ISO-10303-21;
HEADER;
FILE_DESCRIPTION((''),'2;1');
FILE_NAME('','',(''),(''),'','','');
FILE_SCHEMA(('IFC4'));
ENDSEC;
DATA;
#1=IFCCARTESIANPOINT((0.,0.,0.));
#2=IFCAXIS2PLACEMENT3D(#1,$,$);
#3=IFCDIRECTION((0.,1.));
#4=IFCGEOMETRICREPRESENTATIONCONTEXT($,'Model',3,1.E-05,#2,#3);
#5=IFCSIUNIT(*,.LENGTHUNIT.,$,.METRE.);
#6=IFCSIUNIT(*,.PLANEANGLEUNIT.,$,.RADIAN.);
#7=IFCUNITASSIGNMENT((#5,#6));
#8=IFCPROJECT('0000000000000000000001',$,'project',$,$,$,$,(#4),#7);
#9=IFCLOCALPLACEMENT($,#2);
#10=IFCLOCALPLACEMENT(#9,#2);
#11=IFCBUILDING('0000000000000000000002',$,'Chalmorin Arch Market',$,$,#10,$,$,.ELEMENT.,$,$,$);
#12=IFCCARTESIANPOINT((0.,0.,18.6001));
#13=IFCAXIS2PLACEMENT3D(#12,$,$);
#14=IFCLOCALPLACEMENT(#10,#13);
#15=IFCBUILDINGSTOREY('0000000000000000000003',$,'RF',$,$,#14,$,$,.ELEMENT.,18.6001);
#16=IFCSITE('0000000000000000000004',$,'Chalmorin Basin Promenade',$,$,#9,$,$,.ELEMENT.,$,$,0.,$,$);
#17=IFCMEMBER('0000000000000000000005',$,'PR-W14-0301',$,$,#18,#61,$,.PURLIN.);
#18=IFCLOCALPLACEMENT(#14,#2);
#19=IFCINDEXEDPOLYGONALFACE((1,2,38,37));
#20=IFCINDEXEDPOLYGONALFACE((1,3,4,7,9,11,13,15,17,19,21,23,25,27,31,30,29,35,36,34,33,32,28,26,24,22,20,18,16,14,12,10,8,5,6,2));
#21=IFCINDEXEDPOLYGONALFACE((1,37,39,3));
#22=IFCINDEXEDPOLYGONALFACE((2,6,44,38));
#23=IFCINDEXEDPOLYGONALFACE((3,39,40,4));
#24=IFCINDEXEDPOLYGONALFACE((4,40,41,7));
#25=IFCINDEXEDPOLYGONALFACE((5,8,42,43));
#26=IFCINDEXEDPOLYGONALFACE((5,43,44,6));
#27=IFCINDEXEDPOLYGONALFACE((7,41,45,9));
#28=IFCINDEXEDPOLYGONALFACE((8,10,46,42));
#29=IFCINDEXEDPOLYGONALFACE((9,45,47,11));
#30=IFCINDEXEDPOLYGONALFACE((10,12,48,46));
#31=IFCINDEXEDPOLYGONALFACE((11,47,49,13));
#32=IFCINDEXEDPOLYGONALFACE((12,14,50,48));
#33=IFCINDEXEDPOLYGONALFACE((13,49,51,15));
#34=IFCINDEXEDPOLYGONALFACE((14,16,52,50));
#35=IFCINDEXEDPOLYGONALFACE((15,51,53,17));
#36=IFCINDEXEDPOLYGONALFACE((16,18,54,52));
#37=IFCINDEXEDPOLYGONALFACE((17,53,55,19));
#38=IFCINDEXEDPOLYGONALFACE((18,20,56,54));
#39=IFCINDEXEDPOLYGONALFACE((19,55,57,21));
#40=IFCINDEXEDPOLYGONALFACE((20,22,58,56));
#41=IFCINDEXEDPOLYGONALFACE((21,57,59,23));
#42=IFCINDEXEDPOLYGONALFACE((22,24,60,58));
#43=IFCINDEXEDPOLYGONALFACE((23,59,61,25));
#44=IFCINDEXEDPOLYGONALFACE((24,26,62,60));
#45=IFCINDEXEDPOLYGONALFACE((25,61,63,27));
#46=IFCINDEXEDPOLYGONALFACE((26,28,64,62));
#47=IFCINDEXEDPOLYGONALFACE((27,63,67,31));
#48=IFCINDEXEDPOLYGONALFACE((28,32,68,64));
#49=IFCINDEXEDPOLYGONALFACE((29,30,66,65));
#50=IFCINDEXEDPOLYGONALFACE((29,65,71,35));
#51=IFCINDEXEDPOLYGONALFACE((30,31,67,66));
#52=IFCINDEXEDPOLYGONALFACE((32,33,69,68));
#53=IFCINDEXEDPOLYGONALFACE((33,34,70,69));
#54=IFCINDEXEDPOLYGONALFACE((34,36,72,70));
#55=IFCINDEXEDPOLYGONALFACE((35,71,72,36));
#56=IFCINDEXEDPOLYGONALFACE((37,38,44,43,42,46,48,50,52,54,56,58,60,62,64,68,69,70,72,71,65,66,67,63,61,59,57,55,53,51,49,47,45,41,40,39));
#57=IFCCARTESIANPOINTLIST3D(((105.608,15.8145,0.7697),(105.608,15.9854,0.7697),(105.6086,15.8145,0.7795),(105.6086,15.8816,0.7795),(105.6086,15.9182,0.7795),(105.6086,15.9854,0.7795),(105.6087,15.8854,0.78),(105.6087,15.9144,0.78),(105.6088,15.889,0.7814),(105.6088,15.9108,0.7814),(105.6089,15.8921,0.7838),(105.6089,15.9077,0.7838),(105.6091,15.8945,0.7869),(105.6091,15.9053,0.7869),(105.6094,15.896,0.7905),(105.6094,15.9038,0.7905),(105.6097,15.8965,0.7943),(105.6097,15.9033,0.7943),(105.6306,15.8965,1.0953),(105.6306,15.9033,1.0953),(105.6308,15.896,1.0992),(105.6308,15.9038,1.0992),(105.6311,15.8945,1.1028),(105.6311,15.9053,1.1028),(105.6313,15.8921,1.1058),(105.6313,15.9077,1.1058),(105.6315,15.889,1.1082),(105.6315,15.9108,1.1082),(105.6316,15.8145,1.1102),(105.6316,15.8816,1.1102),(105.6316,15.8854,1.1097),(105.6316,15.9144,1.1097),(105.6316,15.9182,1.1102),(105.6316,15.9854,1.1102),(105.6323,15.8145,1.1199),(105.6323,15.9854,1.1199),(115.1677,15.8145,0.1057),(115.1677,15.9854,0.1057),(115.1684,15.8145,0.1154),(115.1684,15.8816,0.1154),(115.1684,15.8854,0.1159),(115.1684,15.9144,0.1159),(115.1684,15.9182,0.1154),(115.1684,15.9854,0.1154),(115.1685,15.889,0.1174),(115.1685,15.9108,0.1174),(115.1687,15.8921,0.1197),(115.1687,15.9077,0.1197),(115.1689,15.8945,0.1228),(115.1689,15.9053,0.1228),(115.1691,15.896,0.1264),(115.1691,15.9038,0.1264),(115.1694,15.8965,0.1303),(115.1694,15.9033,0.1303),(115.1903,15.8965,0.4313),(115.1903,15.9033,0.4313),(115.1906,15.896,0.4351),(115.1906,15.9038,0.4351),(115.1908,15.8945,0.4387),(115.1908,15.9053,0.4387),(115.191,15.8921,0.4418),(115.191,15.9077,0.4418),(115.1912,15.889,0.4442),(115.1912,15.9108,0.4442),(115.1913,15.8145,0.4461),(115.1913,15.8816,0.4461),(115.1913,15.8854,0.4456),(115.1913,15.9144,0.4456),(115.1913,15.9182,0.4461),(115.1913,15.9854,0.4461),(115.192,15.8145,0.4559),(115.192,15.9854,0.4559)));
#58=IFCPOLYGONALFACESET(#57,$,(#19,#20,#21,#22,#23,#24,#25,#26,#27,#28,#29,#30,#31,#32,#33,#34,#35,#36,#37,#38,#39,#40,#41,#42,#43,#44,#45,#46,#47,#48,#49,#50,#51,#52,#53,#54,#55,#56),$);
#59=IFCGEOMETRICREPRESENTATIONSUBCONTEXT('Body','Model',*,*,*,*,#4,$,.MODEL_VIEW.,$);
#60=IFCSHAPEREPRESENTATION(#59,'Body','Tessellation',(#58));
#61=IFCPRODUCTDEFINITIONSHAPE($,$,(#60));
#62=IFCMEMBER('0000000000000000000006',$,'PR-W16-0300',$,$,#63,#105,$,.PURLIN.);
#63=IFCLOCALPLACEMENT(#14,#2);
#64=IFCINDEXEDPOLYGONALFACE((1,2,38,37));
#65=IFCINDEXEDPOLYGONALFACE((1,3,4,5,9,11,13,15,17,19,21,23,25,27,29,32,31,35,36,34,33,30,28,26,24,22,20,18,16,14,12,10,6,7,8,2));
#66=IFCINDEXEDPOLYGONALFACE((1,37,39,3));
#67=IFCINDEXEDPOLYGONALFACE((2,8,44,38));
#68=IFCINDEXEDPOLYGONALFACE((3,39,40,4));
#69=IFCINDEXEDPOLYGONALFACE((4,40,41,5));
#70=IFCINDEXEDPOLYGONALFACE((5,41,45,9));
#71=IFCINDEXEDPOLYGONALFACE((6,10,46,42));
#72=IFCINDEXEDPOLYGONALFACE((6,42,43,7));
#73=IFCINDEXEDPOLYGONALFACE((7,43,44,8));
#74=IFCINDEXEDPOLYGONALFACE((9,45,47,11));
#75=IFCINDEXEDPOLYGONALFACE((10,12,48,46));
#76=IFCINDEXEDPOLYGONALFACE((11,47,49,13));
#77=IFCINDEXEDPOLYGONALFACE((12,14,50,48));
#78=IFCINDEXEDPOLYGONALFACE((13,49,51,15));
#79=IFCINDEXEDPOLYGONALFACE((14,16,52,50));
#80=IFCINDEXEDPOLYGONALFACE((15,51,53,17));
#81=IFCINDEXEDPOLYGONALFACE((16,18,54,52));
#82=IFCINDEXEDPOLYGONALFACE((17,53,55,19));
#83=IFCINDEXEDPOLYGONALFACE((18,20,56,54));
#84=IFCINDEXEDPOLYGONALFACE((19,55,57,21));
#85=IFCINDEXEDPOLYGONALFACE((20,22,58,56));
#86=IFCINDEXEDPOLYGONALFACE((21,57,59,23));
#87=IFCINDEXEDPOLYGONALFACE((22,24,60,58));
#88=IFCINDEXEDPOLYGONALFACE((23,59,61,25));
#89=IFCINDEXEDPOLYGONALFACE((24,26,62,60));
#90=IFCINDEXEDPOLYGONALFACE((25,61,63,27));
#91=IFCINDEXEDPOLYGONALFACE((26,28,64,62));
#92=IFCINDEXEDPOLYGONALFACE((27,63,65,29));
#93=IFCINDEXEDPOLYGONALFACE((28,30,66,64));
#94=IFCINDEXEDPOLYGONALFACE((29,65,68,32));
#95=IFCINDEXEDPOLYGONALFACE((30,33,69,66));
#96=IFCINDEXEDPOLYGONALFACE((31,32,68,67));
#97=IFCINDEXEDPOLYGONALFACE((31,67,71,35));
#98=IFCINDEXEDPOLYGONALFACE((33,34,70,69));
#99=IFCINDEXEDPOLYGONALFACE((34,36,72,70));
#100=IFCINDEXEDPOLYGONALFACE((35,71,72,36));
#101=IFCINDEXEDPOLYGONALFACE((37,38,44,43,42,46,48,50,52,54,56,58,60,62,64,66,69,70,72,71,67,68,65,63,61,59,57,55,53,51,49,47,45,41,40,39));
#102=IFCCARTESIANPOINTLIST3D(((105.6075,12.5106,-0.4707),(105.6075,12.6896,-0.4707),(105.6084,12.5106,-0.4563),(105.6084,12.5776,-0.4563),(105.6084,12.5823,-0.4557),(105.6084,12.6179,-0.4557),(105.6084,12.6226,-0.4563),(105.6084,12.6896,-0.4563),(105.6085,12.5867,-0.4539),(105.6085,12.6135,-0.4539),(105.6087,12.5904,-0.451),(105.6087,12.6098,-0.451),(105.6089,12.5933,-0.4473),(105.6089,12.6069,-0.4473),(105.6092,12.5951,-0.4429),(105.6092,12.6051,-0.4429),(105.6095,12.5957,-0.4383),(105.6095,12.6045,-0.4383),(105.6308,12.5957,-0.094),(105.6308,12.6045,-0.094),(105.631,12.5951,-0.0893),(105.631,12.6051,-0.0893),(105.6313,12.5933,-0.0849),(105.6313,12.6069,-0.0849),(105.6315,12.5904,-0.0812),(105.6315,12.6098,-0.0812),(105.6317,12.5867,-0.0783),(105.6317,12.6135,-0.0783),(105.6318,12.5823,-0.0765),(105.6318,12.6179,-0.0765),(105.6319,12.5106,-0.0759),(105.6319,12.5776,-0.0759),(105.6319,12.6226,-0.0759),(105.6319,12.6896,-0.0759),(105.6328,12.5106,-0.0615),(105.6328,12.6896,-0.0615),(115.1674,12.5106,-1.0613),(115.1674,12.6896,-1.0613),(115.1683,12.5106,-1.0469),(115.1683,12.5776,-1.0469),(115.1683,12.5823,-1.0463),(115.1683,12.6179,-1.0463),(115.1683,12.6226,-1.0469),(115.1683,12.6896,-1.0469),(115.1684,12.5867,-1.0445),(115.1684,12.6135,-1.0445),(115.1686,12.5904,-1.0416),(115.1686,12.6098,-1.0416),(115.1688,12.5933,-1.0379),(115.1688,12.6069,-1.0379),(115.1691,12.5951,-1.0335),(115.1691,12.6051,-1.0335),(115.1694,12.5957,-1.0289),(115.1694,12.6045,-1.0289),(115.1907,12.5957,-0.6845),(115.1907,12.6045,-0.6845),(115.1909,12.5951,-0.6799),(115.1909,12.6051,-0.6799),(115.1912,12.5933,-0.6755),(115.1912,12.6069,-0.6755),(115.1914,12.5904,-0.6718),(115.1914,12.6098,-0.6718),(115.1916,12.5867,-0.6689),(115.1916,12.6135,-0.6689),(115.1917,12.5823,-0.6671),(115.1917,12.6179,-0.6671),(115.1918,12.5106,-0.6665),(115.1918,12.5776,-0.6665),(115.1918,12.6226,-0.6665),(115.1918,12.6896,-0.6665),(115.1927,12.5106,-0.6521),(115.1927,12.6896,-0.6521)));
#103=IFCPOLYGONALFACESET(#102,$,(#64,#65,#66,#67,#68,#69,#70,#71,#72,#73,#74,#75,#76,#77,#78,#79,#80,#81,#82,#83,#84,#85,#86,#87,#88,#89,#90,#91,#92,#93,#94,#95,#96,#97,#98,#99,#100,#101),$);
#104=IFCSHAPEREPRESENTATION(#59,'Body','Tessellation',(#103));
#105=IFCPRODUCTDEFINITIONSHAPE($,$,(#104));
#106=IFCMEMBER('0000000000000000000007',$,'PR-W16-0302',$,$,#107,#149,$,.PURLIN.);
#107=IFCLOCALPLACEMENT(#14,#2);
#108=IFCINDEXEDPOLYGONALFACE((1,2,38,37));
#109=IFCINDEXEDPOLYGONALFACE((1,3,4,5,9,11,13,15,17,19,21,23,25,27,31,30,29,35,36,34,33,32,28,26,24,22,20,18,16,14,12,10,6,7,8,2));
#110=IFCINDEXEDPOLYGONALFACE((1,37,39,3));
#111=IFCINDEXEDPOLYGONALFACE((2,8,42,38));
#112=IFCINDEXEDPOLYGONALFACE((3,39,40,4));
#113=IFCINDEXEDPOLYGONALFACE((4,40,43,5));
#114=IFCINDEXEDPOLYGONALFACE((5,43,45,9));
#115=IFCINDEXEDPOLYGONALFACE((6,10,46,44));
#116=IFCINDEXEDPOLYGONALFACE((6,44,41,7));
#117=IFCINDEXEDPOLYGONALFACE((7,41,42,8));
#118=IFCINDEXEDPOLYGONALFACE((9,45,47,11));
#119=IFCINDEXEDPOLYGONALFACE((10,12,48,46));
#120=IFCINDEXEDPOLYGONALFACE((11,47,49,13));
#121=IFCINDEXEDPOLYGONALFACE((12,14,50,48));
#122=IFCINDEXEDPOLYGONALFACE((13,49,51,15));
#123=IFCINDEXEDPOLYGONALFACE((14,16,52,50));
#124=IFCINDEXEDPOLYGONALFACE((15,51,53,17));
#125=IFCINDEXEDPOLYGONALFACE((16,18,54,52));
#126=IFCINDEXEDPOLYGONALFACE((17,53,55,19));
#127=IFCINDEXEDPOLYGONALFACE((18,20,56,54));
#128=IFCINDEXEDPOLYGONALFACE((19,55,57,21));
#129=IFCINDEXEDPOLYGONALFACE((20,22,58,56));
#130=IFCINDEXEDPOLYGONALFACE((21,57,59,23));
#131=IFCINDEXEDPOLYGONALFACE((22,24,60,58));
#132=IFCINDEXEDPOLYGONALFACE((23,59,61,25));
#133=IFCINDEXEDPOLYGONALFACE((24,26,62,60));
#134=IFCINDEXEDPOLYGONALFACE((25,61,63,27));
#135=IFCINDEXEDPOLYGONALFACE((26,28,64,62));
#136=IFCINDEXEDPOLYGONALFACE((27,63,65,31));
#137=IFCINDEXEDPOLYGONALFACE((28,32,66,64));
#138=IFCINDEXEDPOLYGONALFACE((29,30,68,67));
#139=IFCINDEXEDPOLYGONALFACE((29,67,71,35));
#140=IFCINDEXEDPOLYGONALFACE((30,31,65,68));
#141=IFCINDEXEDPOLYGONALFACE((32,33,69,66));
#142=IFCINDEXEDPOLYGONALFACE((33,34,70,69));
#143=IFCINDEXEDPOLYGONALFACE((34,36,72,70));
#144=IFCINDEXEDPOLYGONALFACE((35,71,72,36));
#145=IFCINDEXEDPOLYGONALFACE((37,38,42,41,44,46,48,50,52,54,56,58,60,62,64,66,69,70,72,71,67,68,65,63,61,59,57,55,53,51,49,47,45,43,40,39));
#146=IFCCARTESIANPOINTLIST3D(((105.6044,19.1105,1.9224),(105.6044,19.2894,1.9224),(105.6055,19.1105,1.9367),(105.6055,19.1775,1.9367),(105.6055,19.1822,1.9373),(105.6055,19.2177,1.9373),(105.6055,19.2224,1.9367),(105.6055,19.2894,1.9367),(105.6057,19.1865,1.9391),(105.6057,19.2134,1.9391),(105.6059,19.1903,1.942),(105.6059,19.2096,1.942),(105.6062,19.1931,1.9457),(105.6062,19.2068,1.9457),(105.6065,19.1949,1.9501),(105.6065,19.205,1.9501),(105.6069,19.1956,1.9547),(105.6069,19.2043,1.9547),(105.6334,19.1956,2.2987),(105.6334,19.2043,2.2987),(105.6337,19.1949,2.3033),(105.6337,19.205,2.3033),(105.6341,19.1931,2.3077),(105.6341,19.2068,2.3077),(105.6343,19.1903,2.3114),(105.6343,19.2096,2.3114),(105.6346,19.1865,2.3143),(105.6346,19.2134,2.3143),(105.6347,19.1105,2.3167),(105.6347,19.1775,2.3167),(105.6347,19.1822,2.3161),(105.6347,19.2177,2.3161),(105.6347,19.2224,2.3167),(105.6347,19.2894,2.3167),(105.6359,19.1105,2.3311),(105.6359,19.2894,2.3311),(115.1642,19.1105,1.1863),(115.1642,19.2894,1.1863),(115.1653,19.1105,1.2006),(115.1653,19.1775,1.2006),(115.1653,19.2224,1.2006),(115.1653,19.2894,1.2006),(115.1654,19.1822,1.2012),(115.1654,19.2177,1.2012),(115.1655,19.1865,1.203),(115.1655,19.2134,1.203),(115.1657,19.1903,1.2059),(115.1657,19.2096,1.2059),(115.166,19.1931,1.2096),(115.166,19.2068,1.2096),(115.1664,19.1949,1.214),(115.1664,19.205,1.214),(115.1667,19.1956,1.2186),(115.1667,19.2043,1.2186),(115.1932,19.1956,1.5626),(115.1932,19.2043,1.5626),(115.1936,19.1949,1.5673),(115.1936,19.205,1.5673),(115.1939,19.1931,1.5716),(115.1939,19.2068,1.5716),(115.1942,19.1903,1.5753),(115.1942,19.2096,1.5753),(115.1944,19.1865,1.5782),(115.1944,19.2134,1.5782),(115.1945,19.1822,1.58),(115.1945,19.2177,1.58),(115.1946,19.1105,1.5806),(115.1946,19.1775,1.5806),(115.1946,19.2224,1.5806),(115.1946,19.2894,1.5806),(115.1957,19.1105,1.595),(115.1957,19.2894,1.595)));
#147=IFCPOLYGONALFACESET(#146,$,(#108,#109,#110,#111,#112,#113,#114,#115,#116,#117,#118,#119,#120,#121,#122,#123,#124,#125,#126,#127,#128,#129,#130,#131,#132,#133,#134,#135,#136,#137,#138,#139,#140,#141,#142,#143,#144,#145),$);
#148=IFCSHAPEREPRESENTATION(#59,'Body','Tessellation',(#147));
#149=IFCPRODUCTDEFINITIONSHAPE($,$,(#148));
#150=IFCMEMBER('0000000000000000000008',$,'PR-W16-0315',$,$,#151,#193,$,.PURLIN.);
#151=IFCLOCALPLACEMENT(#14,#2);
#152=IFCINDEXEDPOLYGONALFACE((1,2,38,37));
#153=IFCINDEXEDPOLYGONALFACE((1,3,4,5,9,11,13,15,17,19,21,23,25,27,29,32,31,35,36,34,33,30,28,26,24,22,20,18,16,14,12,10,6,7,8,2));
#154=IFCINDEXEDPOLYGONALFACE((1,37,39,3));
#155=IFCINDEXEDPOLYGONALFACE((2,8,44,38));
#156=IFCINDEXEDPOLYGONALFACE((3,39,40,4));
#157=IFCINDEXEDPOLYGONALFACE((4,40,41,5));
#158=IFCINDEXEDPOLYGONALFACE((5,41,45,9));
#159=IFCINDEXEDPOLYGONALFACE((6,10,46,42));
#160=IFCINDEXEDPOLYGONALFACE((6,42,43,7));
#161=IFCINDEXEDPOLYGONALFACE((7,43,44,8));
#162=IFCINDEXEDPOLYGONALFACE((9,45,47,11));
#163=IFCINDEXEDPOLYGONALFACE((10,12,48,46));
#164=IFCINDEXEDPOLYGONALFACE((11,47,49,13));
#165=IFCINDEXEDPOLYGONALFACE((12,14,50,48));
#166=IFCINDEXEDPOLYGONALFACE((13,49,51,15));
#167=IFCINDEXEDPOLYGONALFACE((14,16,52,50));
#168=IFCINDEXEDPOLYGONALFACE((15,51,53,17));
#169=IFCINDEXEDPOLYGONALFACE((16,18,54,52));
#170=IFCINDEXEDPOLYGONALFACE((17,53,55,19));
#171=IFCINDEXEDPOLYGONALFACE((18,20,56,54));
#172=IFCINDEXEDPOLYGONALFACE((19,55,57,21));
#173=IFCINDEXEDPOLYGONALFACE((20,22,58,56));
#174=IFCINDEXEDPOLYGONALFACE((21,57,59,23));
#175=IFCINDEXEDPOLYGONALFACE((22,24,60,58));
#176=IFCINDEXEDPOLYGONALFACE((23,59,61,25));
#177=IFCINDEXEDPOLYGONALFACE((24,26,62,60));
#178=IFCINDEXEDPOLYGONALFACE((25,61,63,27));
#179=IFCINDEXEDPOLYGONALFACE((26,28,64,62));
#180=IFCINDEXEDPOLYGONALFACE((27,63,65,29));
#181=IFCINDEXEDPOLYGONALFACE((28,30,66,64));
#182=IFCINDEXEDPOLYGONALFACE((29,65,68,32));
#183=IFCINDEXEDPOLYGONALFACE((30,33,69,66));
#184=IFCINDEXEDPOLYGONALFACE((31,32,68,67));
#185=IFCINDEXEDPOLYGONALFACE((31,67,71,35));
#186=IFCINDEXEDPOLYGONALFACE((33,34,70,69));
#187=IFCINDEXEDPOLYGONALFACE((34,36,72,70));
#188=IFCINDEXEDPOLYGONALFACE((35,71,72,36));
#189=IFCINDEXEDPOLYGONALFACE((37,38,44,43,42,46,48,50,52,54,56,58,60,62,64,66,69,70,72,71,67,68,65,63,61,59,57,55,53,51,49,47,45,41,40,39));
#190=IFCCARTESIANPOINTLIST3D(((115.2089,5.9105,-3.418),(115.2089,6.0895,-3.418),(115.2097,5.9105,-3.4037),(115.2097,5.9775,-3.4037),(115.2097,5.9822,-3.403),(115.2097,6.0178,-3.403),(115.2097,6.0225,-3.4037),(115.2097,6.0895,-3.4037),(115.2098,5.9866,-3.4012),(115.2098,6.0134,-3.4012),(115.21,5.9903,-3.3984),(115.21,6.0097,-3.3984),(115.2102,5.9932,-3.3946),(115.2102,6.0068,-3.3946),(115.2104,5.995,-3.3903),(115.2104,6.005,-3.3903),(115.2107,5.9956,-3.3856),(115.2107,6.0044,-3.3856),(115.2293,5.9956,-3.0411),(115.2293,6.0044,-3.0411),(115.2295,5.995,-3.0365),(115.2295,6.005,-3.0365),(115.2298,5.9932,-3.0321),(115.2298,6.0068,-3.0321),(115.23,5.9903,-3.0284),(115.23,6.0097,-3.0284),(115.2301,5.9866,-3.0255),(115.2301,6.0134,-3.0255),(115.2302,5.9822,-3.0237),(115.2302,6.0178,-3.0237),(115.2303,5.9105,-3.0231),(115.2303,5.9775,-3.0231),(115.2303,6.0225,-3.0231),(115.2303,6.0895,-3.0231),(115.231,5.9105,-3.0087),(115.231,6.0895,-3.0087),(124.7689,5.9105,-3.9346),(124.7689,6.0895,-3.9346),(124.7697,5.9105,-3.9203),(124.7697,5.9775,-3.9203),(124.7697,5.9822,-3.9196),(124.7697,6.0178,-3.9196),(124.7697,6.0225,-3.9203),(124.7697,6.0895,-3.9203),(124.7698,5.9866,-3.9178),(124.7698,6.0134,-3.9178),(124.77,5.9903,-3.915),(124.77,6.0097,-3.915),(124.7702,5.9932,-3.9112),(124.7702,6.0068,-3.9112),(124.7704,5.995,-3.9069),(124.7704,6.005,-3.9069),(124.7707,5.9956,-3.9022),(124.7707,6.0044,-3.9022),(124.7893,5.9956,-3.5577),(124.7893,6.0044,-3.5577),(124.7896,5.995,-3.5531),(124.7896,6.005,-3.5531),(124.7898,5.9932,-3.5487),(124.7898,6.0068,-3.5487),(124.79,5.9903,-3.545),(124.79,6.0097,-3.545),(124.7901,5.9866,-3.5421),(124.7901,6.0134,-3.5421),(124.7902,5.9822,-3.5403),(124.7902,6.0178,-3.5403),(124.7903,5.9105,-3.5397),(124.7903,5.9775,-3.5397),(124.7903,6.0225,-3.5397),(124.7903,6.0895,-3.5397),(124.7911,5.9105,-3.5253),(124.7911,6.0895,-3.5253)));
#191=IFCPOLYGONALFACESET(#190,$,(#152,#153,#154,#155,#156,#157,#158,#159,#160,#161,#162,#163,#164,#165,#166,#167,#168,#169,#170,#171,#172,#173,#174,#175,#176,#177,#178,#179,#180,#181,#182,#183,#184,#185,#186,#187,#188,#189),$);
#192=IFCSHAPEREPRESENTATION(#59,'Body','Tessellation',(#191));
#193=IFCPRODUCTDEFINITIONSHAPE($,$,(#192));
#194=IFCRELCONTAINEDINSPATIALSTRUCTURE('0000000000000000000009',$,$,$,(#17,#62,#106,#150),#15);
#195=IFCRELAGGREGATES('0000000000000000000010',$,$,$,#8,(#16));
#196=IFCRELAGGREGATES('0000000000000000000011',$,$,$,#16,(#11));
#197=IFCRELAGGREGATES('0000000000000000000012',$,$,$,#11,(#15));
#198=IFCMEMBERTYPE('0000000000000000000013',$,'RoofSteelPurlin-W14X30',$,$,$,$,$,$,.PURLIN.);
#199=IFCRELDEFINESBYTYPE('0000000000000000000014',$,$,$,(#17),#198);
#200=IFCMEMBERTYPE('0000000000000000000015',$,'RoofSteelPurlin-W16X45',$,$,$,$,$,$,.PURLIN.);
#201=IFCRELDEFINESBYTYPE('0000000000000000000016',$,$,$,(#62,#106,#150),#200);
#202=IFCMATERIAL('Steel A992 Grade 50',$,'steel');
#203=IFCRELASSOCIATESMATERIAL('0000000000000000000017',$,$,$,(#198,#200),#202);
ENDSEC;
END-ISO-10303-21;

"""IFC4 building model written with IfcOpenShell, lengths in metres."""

from ifc_helpers import new_model, si_unit, direction, frame, origin, origin_2d, place, context, subcontext, project, spatial, i_section, extrude, material, material_profile, profile_set, type_object, element, save


model = new_model("IFC4")

# Units and contexts
model_context = context("Model", 3, precision=1e-05, world=origin(), true_north=direction((0.0, 1.0)))
body_context = subcontext(model_context, "Body", "Model", "MODEL_VIEW")
ifc_project = project(units=[si_unit("LENGTHUNIT", "METRE"), si_unit("PLANEANGLEUNIT", "RADIAN")], contexts=[model_context])

# Site, building, storey
site_placement = place(None, origin())
site = spatial("IfcSite", under=ifc_project, at=site_placement, Name="Chalmorin Basin Promenade", CompositionType="ELEMENT", RefElevation=0.0)
building_placement = place(site_placement, origin())
building = spatial("IfcBuilding", under=site, at=building_placement, Name="Chalmorin Arch Market", CompositionType="ELEMENT")
storey_placement = place(building_placement, frame((0.0, 0.0, 18.6001)))
storey = spatial("IfcBuildingStorey", under=building, at=storey_placement, Name="RF", CompositionType="ELEMENT", Elevation=18.6001)

# Members
ifc_material_1 = material(Name="Steel A992 Grade 50", Category="steel")
ifc_material_profile_1 = material_profile(ifc_material_1, i_section(OverallWidth=0.1709, OverallDepth=0.3511, WebThickness=0.0068, FlangeThickness=0.0098, FilletRadius=0.0149, at=origin_2d()), Name="W14X30")
ifc_profile_set_1 = profile_set([ifc_material_profile_1], Name="Steel A992 Grade 50")
member_type_1 = type_object("IfcMemberType", Name="RoofSteelPurlin-W14X30", PredefinedType="PURLIN", material=ifc_profile_set_1)
member_1_placement = place(storey_placement, frame((105.6201, 15.8999, 0.9448), z_axis=(0.997596, 0.0, -0.069297), x_axis=(0.0, 1.0, 0.0)))
element("IfcMember", 1, at=member_1_placement, inside=storey, type_object=member_type_1, Name="PR-W14-0301", PredefinedType="PURLIN", context=body_context, shape_type="SweptSolid", body=[
    extrude(i_section(OverallWidth=0.1709, OverallDepth=0.3511, WebThickness=0.0068, FlangeThickness=0.0098, FilletRadius=0.0149, at=origin_2d()), origin(), (0.0, 0.0, 1.0), 9.5828),
])
ifc_material_profile_2 = material_profile(ifc_material_1, i_section(OverallWidth=0.179, OverallDepth=0.4099, WebThickness=0.0088, FlangeThickness=0.0144, FilletRadius=0.0181, at=origin_2d()), Name="W16X45")
ifc_profile_set_2 = profile_set([ifc_material_profile_2], Name="Steel A992 Grade 50")
member_type_2 = type_object("IfcMemberType", Name="RoofSteelPurlin-W16X45", PredefinedType="PURLIN", material=ifc_profile_set_2)
member_2_placement = place(storey_placement, frame((105.6201, 12.6001, -0.2661), z_axis=(0.998097, 0.0, -0.061659), x_axis=(0.0, 1.0, 0.0)))
element("IfcMember", 2, at=member_2_placement, inside=storey, type_object=member_type_2, Name="PR-W16-0300", PredefinedType="PURLIN", context=body_context, shape_type="SweptSolid", body=[
    extrude(i_section(OverallWidth=0.179, OverallDepth=0.4099, WebThickness=0.0088, FlangeThickness=0.0144, FilletRadius=0.0181, at=origin_2d()), origin(), (0.0, 0.0, 1.0), 9.5781),
])
member_3_placement = place(storey_placement, frame((105.6201, 19.2, 2.1267), z_axis=(0.997049, 0.0, -0.07677), x_axis=(0.0, 1.0, 0.0)))
element("IfcMember", 3, at=member_3_placement, inside=storey, type_object=member_type_2, Name="PR-W16-0302", PredefinedType="PURLIN", context=body_context, shape_type="SweptSolid", body=[
    extrude(i_section(OverallWidth=0.179, OverallDepth=0.4099, WebThickness=0.0088, FlangeThickness=0.0144, FilletRadius=0.0181, at=origin_2d()), origin(), (0.0, 0.0, 1.0), 9.5881),
])
member_4_placement = place(storey_placement, frame((115.22, 6.0, -3.2134), z_axis=(0.998543, 0.0, -0.053959), x_axis=(0.0, 1.0, 0.0)))
element("IfcMember", 4, at=member_4_placement, inside=storey, type_object=member_type_2, Name="PR-W16-0315", PredefinedType="PURLIN", context=body_context, shape_type="SweptSolid", body=[
    extrude(i_section(OverallWidth=0.179, OverallDepth=0.4099, WebThickness=0.0088, FlangeThickness=0.0144, FilletRadius=0.0181, at=origin_2d()), origin(), (0.0, 0.0, 1.0), 9.574),
])

save(model, "model.ifc")
